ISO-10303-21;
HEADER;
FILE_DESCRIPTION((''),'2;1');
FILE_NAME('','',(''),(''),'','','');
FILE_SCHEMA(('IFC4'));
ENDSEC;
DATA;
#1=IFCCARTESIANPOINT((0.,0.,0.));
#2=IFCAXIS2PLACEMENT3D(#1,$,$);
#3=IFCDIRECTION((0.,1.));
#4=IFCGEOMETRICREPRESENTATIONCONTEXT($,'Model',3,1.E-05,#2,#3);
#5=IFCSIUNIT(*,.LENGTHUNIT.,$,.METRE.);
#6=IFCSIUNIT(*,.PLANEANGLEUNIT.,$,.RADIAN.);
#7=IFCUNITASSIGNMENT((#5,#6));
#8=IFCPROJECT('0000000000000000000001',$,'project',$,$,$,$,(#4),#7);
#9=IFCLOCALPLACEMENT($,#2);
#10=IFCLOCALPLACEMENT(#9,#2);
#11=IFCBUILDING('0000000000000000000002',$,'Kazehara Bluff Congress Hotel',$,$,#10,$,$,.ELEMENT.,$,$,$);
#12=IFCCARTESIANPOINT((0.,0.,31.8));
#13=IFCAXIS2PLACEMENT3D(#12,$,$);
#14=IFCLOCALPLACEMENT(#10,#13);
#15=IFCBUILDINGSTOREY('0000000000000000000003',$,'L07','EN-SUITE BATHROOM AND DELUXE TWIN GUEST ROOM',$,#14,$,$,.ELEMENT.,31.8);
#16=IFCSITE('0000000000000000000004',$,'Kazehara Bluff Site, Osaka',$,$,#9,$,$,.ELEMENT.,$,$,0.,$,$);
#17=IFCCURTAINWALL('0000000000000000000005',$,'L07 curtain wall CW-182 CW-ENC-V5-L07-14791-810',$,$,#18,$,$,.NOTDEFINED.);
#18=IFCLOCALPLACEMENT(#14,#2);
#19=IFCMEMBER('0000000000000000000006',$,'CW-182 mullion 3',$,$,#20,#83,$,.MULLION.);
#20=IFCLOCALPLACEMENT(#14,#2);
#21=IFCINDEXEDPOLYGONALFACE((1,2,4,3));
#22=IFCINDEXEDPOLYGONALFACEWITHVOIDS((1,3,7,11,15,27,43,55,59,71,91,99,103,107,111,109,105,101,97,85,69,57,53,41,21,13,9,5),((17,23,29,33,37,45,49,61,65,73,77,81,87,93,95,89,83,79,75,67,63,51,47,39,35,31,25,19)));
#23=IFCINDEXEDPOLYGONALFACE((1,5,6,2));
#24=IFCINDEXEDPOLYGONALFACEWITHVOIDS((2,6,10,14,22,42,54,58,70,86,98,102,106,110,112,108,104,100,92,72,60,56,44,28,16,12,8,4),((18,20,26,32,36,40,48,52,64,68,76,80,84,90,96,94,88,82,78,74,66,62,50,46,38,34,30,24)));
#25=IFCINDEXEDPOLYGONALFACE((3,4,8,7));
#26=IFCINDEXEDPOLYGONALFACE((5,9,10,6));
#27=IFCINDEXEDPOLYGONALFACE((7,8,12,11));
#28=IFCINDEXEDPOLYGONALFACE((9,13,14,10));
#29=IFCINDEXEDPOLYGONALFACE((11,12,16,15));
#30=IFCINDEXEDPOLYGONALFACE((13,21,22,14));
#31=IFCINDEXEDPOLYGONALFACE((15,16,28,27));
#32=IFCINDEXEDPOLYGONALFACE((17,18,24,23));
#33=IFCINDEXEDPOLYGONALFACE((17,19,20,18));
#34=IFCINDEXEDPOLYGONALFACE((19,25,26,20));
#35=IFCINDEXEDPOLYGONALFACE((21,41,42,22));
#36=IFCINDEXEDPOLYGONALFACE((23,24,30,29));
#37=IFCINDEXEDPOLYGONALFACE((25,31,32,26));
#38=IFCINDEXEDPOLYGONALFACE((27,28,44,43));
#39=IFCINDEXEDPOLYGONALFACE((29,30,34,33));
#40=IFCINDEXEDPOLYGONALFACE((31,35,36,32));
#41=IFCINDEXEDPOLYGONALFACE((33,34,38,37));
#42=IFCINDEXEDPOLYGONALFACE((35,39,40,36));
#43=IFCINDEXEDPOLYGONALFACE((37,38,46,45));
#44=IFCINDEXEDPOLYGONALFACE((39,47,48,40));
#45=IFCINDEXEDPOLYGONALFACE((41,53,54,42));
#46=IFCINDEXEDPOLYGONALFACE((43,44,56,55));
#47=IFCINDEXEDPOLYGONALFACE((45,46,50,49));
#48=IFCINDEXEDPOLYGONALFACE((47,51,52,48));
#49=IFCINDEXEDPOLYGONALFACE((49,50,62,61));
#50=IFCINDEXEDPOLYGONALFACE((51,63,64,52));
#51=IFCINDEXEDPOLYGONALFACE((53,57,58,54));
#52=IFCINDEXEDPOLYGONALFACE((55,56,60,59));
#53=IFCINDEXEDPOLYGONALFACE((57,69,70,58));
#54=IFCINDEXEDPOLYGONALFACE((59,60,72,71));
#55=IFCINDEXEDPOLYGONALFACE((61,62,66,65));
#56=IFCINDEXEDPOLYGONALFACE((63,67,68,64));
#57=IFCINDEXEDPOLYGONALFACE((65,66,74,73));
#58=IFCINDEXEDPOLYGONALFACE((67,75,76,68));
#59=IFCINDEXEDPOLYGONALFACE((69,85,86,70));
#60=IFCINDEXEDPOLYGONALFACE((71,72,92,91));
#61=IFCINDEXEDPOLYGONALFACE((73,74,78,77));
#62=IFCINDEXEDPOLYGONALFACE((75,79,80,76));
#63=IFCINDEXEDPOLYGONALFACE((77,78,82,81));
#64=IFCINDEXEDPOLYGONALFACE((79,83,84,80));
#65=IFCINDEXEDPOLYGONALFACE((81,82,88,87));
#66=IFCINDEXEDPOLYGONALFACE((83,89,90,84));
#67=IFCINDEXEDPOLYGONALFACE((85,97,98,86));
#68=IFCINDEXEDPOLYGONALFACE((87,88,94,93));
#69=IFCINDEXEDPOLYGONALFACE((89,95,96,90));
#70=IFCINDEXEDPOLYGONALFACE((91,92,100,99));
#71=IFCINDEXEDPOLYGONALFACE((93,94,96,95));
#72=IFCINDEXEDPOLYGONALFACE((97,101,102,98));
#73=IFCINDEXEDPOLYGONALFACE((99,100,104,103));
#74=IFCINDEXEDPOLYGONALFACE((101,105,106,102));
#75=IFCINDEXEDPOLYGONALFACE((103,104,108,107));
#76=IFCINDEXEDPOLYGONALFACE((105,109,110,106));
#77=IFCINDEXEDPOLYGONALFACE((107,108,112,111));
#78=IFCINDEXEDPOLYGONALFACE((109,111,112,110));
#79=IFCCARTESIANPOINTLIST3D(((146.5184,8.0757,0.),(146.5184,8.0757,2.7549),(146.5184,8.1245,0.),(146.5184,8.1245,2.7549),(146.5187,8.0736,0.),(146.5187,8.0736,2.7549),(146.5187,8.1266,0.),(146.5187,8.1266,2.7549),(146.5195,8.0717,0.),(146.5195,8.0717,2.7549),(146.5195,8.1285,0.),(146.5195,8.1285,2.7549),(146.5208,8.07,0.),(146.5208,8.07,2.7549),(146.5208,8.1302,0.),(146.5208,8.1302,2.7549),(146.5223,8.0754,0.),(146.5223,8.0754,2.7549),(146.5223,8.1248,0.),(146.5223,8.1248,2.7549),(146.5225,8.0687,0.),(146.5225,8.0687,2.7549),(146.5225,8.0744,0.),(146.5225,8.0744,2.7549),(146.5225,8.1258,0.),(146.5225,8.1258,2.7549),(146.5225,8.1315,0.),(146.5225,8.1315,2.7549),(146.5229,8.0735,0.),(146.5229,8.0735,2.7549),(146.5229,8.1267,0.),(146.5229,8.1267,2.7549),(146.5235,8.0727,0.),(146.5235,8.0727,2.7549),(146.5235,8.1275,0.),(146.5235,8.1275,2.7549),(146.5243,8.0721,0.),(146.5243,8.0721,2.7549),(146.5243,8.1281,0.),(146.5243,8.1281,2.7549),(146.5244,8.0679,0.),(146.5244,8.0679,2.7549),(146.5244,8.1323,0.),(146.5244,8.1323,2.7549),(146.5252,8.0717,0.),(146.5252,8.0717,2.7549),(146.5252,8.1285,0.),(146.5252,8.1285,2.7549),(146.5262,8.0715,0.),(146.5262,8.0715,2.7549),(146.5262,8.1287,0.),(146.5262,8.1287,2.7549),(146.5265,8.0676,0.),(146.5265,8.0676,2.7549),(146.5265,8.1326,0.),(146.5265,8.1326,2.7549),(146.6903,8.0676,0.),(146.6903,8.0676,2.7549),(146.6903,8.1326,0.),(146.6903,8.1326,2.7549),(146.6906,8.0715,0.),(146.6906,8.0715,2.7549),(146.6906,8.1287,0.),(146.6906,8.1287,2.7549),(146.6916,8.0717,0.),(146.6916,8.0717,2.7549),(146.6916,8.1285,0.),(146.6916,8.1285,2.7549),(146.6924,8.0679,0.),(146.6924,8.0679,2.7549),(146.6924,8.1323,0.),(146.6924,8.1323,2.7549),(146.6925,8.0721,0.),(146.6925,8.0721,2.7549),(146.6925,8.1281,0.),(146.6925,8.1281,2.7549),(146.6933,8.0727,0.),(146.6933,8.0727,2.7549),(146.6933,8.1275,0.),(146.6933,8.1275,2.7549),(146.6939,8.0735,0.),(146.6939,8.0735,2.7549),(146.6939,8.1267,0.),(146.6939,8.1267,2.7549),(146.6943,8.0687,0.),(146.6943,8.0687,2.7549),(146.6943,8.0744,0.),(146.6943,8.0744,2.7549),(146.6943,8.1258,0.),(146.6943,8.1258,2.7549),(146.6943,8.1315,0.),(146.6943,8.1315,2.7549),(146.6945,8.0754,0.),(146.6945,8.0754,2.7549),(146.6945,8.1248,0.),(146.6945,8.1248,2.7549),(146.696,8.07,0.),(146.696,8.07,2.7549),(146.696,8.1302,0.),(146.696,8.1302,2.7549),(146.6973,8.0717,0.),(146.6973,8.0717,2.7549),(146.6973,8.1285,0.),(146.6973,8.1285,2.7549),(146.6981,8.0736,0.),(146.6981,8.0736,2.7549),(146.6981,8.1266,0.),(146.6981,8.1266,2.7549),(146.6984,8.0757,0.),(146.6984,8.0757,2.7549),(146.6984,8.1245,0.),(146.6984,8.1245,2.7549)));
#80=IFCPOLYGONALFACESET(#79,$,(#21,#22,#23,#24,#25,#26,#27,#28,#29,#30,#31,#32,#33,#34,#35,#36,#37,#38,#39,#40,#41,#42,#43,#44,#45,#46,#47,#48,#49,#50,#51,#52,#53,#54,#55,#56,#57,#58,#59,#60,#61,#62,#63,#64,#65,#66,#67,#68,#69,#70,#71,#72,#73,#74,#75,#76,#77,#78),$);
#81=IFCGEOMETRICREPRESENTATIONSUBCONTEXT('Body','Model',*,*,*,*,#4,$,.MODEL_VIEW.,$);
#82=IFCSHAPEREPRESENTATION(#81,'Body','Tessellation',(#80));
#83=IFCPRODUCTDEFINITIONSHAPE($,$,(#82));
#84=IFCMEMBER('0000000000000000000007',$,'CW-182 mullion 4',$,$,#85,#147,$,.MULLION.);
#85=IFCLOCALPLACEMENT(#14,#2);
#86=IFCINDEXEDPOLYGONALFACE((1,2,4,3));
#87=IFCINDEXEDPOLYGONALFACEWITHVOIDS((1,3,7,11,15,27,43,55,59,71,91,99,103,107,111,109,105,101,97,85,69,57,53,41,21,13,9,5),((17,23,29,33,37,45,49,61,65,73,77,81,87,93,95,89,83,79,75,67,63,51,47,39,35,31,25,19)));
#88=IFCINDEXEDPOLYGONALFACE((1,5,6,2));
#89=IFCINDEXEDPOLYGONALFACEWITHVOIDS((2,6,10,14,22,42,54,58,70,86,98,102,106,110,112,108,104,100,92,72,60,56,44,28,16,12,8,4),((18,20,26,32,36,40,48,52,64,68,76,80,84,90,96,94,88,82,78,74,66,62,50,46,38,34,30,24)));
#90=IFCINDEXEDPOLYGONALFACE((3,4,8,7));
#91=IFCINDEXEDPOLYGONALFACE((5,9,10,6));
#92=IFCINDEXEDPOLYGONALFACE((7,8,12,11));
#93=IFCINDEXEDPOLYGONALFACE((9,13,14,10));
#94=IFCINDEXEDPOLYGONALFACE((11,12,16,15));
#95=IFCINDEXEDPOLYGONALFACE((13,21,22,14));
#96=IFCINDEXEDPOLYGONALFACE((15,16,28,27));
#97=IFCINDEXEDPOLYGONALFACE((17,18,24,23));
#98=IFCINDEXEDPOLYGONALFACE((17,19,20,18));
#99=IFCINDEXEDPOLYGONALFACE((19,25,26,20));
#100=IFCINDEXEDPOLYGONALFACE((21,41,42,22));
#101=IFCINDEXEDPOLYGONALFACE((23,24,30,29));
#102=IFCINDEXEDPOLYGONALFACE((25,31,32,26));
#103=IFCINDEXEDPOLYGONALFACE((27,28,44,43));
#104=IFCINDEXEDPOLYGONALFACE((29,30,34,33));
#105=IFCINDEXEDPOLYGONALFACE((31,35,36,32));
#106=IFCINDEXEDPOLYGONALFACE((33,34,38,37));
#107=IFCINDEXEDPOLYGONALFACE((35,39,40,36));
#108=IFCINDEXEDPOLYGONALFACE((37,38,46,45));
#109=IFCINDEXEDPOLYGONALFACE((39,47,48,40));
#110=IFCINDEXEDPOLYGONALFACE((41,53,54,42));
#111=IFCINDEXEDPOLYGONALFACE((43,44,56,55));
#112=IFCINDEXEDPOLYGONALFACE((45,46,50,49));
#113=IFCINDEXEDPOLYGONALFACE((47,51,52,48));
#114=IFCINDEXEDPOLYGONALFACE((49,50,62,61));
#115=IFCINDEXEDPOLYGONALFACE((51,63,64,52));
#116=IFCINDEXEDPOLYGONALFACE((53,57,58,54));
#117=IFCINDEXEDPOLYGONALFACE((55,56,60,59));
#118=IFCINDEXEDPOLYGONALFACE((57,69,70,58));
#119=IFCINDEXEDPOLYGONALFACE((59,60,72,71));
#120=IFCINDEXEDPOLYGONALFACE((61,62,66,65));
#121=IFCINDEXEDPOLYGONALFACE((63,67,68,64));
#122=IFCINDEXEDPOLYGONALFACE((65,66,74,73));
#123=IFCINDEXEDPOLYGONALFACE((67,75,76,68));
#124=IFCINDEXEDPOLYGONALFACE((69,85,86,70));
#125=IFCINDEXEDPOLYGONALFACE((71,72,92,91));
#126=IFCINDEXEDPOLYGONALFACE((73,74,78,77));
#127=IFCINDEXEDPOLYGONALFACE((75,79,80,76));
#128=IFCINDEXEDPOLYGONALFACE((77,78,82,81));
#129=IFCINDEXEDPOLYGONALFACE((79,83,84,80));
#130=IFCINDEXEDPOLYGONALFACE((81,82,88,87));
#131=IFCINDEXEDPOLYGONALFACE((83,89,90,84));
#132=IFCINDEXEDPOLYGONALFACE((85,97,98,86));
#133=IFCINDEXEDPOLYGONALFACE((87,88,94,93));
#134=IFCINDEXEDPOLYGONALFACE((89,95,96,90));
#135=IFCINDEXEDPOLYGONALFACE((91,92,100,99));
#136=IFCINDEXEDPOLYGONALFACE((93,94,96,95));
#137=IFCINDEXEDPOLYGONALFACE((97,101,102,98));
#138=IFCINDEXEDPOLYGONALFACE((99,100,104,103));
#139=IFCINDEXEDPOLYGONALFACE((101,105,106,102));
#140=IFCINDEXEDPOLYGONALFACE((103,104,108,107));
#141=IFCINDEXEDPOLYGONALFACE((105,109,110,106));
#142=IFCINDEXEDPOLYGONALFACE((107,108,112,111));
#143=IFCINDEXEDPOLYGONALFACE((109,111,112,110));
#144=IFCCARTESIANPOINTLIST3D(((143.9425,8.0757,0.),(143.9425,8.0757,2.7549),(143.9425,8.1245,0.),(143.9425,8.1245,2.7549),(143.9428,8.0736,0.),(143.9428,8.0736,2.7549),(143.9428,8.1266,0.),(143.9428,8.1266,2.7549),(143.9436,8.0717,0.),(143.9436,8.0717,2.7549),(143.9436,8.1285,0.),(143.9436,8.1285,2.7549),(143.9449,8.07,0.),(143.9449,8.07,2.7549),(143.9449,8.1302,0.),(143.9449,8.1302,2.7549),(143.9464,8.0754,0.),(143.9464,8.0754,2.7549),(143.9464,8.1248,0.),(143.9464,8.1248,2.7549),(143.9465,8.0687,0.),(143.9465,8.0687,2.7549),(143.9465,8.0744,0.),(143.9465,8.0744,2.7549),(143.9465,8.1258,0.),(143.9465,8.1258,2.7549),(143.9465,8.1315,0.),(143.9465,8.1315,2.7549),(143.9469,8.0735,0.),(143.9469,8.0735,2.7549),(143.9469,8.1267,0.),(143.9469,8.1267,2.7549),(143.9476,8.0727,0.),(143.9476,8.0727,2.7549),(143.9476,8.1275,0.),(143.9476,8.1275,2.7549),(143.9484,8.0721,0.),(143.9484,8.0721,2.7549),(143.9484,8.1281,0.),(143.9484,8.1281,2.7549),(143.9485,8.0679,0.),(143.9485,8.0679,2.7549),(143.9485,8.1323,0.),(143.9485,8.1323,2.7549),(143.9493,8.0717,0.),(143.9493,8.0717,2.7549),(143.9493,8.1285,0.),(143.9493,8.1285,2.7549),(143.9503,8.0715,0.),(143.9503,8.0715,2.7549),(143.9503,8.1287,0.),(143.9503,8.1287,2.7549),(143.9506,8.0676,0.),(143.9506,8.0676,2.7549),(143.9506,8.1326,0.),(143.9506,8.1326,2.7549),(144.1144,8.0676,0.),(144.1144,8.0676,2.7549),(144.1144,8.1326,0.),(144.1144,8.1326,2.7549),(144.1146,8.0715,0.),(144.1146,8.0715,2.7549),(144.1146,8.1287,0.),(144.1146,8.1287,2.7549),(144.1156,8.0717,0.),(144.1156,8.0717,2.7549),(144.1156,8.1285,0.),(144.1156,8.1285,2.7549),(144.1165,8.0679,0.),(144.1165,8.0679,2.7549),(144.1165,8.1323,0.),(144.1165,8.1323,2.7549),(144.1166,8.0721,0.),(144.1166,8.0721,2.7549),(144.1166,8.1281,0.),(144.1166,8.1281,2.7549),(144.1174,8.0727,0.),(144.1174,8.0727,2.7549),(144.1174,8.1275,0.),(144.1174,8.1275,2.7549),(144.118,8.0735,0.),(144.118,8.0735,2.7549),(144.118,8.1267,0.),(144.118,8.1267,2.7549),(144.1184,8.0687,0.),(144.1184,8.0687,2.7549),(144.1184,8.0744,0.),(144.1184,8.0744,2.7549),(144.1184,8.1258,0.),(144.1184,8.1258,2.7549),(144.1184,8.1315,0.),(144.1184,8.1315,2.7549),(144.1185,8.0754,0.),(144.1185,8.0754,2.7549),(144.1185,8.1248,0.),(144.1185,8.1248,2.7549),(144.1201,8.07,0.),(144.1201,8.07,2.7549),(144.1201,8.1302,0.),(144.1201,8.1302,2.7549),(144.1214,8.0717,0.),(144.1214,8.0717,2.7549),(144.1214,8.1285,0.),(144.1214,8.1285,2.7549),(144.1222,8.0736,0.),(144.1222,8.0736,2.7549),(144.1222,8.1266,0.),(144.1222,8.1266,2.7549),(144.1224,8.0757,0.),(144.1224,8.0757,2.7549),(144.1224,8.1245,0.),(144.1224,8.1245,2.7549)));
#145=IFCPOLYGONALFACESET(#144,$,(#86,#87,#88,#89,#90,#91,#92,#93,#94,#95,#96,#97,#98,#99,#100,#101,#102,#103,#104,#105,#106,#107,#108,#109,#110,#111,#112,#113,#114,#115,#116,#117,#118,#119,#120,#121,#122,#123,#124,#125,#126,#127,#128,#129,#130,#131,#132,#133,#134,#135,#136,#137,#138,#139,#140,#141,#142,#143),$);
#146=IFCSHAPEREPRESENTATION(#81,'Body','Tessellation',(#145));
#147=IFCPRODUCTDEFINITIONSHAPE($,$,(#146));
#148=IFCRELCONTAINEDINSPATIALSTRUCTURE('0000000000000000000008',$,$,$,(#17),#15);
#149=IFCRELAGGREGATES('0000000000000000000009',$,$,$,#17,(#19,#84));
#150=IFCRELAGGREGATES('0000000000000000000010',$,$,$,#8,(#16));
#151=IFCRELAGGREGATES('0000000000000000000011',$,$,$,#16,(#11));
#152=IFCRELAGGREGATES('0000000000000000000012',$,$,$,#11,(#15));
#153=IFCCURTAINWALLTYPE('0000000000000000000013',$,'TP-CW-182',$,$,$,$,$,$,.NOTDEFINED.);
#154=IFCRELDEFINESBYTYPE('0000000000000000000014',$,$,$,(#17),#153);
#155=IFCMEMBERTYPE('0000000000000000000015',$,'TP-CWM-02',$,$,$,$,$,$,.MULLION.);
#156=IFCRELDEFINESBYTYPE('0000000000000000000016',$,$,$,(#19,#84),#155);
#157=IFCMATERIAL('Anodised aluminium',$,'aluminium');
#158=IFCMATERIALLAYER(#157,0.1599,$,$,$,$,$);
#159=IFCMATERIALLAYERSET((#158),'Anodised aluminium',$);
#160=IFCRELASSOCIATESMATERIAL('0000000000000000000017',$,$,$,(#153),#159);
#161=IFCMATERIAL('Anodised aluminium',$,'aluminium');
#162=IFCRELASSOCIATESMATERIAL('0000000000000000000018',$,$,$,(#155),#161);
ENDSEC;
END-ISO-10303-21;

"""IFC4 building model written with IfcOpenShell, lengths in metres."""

from ifc_helpers import new_model, si_unit, direction, frame, origin, origin_2d, place, context, subcontext, project, spatial, hollow_rectangle, extrude, material, layer, layer_set, material_profile, profile_set, type_object, element, aggregate, save


model = new_model("IFC4")

# Units and contexts
model_context = context("Model", 3, precision=1e-05, world=origin(), true_north=direction((0.0, 1.0)))
body_context = subcontext(model_context, "Body", "Model", "MODEL_VIEW")
ifc_project = project(units=[si_unit("LENGTHUNIT", "METRE"), si_unit("PLANEANGLEUNIT", "RADIAN")], contexts=[model_context])

# Site, building, storey
site_placement = place(None, origin())
site = spatial("IfcSite", under=ifc_project, at=site_placement, Name="Kazehara Bluff Site, Osaka", CompositionType="ELEMENT", RefElevation=0.0)
building_placement = place(site_placement, origin())
building = spatial("IfcBuilding", under=site, at=building_placement, Name="Kazehara Bluff Congress Hotel", CompositionType="ELEMENT")
storey_placement = place(building_placement, frame((0.0, 0.0, 31.8)))
storey = spatial("IfcBuildingStorey", under=building, at=storey_placement, Name="L07", Description="EN-SUITE BATHROOM AND DELUXE TWIN GUEST ROOM", CompositionType="ELEMENT", Elevation=31.8)

# Curtain wall, members
ifc_material_1 = material(Name="Anodised aluminium", Category="aluminium")
ifc_layer_1 = layer(ifc_material_1, 0.1599)
ifc_layer_set_1 = layer_set([ifc_layer_1], Name="Anodised aluminium")
curtain_wall_type = type_object("IfcCurtainWallType", Name="TP-CW-182", PredefinedType="NOTDEFINED", material=ifc_layer_set_1)
curtain_wall_placement = place(storey_placement, origin())
curtain_wall = element("IfcCurtainWall", 1, at=curtain_wall_placement, inside=storey, type_object=curtain_wall_type, Name="L07 curtain wall CW-182 CW-ENC-V5-L07-14791-810", PredefinedType="NOTDEFINED")
ifc_material_2 = material(Name="Anodised aluminium", Category="aluminium")
ifc_material_profile_1 = material_profile(ifc_material_2, hollow_rectangle(XDim=0.0649, YDim=0.1799, WallThickness=0.0039, InnerFilletRadius=0.0039, OuterFilletRadius=0.0081, at=origin_2d()))
ifc_profile_set_1 = profile_set([ifc_material_profile_1], Name="Anodised aluminium")
member_type_1 = type_object("IfcMemberType", Name="TP-CWM-02", PredefinedType="MULLION", material=ifc_profile_set_1)
member_1_placement = place(storey_placement, frame((146.6084, 8.1001, 0.0), z_axis=(0.0, 0.0, 1.0), x_axis=(0.0, -1.0, 0.0)))
member_1 = element("IfcMember", 2, at=member_1_placement, type_object=member_type_1, Name="CW-182 mullion 3", PredefinedType="MULLION", context=body_context, shape_type="SweptSolid", body=[
    extrude(hollow_rectangle(XDim=0.0649, YDim=0.1799, WallThickness=0.0039, InnerFilletRadius=0.0039, OuterFilletRadius=0.0081, at=origin_2d()), origin(), (0.0, 0.0, 1.0), 2.7549),
])
member_2_placement = place(storey_placement, frame((144.0325, 8.1001, 0.0), z_axis=(0.0, 0.0, 1.0), x_axis=(0.0, -1.0, 0.0)))
member_2 = element("IfcMember", 3, at=member_2_placement, type_object=member_type_1, Name="CW-182 mullion 4", PredefinedType="MULLION", context=body_context, shape_type="SweptSolid", body=[
    extrude(hollow_rectangle(XDim=0.0649, YDim=0.1799, WallThickness=0.0039, InnerFilletRadius=0.0039, OuterFilletRadius=0.0081, at=origin_2d()), origin(), (0.0, 0.0, 1.0), 2.7549),
])

aggregate(curtain_wall, [member_1, member_2])

save(model, "model.ifc")
